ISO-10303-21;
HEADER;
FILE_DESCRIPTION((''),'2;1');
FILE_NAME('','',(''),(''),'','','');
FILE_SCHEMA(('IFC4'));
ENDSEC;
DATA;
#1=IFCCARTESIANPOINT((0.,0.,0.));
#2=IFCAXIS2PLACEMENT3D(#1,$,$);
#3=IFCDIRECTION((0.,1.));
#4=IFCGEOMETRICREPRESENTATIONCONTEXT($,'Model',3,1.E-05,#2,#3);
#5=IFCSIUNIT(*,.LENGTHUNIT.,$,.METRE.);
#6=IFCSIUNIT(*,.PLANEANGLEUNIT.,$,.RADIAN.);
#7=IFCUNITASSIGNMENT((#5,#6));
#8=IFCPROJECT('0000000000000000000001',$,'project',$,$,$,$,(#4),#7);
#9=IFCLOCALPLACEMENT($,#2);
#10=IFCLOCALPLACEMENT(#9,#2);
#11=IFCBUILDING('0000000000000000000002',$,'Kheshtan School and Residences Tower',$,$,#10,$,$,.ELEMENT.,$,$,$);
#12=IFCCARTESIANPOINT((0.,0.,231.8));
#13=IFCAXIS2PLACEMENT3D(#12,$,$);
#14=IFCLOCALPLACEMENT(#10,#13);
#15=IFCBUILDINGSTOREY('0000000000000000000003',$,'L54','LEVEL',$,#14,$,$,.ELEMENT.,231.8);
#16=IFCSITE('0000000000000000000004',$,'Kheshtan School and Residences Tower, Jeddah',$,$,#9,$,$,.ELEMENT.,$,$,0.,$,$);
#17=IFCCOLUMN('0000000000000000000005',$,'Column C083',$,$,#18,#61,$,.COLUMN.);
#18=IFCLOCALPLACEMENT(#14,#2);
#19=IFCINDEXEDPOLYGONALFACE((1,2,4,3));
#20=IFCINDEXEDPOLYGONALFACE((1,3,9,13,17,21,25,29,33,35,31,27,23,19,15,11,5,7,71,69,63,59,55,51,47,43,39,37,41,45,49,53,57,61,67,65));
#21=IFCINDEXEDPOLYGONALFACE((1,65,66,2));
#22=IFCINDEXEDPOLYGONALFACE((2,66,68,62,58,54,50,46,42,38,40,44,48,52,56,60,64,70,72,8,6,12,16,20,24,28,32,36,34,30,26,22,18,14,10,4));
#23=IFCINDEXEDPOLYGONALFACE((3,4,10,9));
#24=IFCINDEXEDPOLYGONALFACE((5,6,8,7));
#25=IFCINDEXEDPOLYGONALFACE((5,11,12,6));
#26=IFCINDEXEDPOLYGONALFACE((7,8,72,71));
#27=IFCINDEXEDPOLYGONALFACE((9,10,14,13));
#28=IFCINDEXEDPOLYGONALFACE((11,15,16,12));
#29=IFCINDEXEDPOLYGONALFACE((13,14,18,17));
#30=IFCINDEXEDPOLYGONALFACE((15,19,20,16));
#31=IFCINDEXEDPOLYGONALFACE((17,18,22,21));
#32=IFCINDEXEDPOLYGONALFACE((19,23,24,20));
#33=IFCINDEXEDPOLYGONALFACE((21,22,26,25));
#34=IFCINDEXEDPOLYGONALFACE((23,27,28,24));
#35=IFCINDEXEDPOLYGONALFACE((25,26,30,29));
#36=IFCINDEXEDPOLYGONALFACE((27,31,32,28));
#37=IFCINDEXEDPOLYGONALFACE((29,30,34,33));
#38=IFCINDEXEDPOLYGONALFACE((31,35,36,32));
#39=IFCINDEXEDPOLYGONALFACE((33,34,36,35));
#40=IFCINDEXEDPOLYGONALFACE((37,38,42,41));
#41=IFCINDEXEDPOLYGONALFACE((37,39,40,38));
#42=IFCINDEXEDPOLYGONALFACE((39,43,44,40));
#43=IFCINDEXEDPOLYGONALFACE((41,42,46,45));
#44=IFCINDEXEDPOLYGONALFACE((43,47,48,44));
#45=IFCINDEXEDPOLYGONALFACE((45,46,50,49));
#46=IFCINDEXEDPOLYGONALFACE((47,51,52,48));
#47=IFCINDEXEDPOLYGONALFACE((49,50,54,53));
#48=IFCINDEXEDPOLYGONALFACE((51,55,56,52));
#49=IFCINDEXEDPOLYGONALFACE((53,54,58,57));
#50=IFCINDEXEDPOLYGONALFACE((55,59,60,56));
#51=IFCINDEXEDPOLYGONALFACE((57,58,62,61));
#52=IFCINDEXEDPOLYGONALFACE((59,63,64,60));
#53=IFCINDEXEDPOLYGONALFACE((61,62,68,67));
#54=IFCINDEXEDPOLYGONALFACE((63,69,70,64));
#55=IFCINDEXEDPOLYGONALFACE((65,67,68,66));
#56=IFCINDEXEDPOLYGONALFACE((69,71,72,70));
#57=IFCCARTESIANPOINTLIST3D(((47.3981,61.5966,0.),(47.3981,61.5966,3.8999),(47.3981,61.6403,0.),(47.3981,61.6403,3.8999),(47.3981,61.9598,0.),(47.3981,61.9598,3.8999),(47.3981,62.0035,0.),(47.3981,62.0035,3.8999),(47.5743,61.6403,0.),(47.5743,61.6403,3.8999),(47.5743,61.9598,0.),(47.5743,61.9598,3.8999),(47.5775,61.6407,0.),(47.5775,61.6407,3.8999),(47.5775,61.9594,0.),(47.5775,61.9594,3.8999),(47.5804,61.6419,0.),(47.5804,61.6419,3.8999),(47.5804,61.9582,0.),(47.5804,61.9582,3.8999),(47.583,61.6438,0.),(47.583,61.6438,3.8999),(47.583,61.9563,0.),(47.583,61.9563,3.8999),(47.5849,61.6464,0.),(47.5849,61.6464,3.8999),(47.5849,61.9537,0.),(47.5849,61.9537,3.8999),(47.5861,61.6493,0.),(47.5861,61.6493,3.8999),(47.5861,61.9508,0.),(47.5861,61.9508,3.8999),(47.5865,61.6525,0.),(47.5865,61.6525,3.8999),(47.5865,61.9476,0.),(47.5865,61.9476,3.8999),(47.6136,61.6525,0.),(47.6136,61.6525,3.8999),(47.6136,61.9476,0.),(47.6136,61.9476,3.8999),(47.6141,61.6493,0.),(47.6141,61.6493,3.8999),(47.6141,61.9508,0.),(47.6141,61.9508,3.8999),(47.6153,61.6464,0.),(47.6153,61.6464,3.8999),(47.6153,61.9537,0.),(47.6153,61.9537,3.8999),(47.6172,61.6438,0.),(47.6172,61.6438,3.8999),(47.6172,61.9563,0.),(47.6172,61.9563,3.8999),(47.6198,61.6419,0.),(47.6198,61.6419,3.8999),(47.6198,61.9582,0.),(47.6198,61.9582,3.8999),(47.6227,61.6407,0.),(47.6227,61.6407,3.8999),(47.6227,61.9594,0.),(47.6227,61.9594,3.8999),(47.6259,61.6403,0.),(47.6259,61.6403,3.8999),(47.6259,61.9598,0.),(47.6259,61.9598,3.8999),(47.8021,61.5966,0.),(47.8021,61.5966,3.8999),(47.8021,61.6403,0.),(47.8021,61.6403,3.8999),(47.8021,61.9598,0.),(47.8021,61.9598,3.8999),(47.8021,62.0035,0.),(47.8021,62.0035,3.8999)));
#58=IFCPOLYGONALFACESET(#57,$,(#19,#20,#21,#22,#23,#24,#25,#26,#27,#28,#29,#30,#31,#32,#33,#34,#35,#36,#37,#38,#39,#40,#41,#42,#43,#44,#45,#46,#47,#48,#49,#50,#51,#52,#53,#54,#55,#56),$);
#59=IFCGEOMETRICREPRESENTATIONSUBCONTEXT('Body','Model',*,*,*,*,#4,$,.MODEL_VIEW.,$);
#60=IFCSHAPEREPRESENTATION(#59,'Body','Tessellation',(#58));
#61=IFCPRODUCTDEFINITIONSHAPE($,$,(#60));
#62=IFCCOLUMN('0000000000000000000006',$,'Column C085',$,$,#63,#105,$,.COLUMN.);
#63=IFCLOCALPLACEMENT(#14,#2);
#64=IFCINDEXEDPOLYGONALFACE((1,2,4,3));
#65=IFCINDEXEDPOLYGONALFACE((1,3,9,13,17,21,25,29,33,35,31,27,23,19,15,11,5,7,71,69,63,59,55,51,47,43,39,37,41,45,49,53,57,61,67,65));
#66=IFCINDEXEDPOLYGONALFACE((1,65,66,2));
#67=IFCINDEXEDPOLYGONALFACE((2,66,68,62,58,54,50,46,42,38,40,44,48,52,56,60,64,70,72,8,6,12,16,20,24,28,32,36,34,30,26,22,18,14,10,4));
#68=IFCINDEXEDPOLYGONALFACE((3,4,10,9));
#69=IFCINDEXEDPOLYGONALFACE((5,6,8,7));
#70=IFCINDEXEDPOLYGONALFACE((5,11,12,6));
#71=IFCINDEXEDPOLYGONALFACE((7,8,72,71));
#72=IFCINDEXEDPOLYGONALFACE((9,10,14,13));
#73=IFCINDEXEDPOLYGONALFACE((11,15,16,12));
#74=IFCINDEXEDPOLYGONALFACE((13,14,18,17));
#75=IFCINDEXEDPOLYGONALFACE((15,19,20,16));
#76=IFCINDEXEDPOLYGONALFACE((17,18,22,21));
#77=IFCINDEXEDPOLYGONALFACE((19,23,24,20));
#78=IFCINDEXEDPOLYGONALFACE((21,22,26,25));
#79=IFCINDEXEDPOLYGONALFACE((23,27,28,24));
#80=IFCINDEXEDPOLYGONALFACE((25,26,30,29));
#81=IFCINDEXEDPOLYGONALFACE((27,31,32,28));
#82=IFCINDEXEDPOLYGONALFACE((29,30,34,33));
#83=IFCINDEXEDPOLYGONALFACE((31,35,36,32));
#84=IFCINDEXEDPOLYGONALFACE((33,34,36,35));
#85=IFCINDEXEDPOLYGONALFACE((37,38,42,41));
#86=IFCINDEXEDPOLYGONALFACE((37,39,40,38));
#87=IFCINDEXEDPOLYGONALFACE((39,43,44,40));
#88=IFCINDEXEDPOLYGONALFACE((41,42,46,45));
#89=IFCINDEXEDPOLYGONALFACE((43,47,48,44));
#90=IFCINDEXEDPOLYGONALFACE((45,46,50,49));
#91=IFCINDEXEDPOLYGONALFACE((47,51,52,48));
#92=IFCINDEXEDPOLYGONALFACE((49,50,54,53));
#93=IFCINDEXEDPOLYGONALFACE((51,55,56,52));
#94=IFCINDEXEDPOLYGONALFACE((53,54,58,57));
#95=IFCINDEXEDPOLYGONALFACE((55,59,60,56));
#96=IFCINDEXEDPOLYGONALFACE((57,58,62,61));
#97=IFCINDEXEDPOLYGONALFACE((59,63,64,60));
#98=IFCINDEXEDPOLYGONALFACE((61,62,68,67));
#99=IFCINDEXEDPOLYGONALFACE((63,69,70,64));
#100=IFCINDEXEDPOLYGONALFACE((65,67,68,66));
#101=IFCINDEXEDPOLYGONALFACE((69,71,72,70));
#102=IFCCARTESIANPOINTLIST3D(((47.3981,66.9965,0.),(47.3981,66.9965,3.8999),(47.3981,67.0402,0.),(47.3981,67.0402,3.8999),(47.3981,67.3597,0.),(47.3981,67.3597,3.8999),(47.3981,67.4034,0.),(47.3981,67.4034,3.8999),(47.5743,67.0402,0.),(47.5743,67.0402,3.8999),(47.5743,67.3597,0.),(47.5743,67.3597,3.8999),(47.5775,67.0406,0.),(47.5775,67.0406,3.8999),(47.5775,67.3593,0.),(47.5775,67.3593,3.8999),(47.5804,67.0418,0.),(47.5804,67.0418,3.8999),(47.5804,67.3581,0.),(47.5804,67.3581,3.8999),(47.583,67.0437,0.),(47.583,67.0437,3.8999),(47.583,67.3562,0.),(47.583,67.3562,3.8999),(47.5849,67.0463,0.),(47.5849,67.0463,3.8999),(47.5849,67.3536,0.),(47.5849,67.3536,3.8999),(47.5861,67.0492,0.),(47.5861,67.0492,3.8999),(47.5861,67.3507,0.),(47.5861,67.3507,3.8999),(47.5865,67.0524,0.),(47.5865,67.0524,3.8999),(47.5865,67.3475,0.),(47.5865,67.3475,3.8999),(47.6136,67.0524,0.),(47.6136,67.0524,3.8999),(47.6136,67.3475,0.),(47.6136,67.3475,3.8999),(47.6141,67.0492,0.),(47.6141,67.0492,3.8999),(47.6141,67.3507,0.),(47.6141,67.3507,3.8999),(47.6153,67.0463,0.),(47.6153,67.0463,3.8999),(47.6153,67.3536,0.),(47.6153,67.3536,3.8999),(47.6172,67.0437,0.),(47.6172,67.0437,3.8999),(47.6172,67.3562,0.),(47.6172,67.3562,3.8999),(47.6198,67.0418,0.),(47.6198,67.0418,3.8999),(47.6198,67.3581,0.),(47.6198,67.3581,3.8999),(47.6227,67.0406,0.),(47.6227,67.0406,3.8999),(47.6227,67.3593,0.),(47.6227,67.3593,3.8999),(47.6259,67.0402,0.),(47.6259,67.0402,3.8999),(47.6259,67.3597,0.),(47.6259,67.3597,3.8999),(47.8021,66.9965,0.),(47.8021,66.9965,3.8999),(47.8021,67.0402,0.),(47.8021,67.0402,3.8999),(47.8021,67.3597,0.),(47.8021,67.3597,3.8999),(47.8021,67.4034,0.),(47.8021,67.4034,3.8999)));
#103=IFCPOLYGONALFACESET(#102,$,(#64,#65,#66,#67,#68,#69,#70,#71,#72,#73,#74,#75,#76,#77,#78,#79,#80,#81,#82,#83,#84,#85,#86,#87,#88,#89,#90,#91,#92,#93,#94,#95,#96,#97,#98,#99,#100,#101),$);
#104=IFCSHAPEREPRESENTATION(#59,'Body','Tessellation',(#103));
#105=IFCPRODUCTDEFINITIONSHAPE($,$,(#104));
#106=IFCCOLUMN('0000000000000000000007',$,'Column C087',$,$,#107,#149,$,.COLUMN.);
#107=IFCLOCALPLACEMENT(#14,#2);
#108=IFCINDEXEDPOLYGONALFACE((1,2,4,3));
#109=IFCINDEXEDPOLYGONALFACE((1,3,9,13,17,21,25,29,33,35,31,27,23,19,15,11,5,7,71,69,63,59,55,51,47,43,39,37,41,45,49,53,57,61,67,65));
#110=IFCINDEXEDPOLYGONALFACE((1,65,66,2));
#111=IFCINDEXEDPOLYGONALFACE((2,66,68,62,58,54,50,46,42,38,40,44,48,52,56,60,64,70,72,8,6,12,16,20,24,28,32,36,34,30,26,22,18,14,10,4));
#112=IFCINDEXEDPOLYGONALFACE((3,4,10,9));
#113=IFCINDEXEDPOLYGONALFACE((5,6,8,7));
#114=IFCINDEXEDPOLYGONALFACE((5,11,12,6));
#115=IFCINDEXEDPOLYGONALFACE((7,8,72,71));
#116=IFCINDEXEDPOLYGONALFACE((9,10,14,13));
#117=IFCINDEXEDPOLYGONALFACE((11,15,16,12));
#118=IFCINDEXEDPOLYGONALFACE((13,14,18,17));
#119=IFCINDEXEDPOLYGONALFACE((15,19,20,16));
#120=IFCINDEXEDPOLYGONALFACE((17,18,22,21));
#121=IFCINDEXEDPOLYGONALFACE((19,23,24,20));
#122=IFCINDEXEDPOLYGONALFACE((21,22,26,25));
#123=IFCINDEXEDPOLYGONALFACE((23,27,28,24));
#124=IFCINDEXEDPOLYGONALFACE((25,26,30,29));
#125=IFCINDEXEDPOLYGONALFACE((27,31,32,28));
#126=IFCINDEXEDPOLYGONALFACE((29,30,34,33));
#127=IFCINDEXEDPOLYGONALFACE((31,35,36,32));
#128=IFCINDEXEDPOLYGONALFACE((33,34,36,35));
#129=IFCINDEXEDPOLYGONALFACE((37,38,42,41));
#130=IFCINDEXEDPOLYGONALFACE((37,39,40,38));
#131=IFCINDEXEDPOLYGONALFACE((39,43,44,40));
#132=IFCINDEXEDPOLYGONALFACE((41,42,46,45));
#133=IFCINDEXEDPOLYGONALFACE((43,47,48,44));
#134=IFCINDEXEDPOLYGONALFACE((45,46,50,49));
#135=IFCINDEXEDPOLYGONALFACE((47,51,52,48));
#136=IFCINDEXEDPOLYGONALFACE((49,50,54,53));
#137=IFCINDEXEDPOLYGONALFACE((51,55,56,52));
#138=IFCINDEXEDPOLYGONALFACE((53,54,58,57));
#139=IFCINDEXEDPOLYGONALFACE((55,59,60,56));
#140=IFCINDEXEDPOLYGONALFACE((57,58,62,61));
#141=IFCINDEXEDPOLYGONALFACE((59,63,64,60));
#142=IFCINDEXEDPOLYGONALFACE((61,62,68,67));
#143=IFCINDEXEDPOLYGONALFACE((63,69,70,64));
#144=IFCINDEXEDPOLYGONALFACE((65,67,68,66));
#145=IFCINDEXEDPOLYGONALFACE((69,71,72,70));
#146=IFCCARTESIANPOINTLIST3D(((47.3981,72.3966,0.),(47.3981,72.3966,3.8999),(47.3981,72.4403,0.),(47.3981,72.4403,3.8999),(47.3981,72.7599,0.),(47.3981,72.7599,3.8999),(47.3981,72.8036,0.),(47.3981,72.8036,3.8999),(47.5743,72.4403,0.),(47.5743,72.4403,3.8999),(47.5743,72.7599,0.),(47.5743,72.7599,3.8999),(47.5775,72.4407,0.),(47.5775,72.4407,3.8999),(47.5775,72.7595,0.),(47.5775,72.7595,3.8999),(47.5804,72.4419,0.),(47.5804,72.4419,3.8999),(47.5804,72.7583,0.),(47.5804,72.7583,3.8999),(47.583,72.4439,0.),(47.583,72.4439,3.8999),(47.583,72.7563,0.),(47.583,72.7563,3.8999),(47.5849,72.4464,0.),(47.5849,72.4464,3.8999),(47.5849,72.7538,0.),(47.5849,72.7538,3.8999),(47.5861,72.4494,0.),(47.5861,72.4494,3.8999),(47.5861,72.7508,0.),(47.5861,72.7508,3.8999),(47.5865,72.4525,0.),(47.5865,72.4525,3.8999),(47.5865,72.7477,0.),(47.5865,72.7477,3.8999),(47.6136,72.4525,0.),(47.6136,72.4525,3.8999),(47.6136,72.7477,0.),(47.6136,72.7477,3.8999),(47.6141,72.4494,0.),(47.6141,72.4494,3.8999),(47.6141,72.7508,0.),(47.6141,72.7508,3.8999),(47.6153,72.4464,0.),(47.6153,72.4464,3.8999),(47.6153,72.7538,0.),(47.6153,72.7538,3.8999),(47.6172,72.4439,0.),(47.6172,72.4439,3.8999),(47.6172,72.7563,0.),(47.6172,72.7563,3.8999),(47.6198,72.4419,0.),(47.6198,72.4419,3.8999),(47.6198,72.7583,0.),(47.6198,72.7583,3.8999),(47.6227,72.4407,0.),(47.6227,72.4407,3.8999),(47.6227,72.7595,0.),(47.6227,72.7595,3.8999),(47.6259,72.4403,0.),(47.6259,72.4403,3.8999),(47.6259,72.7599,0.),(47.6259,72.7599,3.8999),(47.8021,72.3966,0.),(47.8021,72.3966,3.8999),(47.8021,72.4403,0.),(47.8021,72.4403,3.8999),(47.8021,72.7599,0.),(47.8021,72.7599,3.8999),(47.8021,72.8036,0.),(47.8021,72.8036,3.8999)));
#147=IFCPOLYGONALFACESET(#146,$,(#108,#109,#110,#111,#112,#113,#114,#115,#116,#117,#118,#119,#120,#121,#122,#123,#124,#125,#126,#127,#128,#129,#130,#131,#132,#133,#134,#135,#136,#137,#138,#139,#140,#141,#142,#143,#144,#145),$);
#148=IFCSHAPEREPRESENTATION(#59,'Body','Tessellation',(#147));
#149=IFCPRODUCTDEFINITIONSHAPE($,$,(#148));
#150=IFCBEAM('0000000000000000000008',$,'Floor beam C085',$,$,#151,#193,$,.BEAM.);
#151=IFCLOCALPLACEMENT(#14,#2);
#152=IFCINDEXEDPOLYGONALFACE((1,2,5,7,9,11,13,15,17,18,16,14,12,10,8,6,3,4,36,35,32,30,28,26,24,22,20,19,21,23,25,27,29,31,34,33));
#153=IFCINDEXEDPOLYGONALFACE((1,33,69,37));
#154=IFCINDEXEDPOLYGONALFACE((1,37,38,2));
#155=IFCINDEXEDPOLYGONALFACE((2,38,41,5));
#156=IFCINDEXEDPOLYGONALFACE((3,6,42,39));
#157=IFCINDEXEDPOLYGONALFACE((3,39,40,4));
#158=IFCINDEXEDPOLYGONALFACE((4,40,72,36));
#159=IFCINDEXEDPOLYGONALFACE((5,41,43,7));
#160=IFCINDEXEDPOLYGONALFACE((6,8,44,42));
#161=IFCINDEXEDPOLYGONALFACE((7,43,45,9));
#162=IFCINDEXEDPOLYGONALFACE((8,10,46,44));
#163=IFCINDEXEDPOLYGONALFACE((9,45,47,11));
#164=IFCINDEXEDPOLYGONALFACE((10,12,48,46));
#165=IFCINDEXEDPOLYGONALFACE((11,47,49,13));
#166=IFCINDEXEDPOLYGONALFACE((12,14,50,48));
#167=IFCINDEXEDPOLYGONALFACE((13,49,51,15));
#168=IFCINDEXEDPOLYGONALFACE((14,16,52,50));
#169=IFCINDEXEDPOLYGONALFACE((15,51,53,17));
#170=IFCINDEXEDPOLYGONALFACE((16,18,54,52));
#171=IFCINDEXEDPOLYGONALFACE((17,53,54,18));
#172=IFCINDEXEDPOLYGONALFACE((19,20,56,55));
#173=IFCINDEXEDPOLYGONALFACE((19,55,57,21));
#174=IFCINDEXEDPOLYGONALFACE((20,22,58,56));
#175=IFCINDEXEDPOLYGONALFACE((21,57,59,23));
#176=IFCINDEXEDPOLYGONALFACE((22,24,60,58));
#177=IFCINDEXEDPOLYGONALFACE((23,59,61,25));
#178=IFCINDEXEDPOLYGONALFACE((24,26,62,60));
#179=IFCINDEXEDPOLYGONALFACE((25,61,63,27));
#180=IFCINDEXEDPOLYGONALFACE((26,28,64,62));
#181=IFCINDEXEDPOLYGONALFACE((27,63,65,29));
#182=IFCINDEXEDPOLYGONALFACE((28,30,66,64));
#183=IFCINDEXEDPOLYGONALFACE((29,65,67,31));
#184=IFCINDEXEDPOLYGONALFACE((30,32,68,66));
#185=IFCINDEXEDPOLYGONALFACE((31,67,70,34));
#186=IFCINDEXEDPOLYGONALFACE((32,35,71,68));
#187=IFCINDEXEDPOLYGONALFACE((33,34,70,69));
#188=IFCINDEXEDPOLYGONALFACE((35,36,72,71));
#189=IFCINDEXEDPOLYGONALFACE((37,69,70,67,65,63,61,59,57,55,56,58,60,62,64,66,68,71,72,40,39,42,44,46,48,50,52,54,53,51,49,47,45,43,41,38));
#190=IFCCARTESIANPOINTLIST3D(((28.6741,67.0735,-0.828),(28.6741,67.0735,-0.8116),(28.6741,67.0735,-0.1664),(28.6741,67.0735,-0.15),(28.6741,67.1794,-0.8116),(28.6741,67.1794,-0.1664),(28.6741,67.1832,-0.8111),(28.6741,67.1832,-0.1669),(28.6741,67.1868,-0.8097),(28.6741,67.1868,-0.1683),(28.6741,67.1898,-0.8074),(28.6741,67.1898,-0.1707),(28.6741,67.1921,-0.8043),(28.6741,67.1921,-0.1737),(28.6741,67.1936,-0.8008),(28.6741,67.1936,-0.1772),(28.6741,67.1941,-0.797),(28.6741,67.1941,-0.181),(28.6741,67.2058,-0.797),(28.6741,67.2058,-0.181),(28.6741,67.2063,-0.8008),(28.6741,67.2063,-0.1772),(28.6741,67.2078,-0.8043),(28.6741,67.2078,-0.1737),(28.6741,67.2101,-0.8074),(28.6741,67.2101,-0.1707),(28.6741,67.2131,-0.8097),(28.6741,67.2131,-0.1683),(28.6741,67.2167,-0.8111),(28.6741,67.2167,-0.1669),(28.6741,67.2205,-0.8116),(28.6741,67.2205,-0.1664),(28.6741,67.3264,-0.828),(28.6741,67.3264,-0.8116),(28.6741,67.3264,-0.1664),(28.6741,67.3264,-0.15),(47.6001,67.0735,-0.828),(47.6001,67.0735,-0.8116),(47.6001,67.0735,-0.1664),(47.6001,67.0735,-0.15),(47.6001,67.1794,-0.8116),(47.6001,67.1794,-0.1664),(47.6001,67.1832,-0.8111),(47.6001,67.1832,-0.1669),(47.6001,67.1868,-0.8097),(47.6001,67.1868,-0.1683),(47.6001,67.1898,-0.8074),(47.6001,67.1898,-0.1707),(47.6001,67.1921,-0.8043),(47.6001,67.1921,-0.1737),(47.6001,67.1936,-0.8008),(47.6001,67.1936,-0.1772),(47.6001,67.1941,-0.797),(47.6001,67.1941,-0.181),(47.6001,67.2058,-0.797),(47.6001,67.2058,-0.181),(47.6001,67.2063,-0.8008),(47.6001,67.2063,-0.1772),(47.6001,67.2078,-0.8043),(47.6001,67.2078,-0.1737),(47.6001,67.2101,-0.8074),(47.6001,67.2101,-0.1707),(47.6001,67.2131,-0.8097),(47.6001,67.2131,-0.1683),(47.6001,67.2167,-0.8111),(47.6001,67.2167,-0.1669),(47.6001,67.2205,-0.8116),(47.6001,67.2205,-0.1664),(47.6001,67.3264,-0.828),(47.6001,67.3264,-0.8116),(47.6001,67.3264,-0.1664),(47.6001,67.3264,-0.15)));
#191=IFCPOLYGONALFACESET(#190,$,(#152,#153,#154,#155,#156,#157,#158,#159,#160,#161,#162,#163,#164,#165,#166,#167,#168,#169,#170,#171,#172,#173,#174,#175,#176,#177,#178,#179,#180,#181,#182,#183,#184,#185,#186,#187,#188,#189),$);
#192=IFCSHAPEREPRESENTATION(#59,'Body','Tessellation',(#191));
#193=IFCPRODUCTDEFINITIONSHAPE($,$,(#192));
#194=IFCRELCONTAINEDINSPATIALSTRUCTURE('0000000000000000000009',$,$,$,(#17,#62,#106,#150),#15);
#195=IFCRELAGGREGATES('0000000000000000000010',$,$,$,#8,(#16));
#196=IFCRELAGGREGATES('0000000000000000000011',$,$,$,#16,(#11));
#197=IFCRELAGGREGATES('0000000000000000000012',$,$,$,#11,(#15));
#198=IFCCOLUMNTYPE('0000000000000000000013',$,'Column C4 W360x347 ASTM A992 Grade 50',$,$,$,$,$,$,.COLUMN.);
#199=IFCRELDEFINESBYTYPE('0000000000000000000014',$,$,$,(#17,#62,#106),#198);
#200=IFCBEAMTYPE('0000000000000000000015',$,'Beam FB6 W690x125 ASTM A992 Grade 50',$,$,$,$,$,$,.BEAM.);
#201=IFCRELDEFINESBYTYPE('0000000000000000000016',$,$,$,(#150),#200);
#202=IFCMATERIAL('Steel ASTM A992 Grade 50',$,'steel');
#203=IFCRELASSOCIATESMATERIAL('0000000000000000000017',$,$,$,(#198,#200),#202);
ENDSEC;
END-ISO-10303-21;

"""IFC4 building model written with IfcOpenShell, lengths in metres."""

from ifc_helpers import new_model, si_unit, direction, frame, origin, origin_2d, place, context, subcontext, project, spatial, i_section, extrude, material, material_profile, profile_set, type_object, element, save


model = new_model("IFC4")

# Units and contexts
model_context = context("Model", 3, precision=1e-05, world=origin(), true_north=direction((0.0, 1.0)))
body_context = subcontext(model_context, "Body", "Model", "MODEL_VIEW")
ifc_project = project(units=[si_unit("LENGTHUNIT", "METRE"), si_unit("PLANEANGLEUNIT", "RADIAN")], contexts=[model_context])

# Site, building, storey
site_placement = place(None, origin())
site = spatial("IfcSite", under=ifc_project, at=site_placement, Name="Kheshtan School and Residences Tower, Jeddah", CompositionType="ELEMENT", RefElevation=0.0)
building_placement = place(site_placement, origin())
building = spatial("IfcBuilding", under=site, at=building_placement, Name="Kheshtan School and Residences Tower", CompositionType="ELEMENT")
storey_placement = place(building_placement, frame((0.0, 0.0, 231.8)))
storey = spatial("IfcBuildingStorey", under=building, at=storey_placement, Name="L54", Description="LEVEL", CompositionType="ELEMENT", Elevation=231.8)

# Columns
ifc_material_1 = material(Name="Steel ASTM A992 Grade 50", Category="steel")
ifc_material_profile_1 = material_profile(ifc_material_1, i_section(OverallWidth=0.4041, OverallDepth=0.407, WebThickness=0.0271, FlangeThickness=0.0437, FilletRadius=0.0122, at=origin_2d()), Name="W360x347")
ifc_profile_set_1 = profile_set([ifc_material_profile_1], Name="Steel ASTM A992 Grade 50")
column_type = type_object("IfcColumnType", Name="Column C4 W360x347 ASTM A992 Grade 50", PredefinedType="COLUMN", material=ifc_profile_set_1)
for number, where, z_axis, x_axis, name in (
    (1, (47.6001, 61.8, 0.0), (0.0, 0.0, 1.0), (1.0, 0.0, 0.0), "Column C083"),
    (2, (47.6001, 67.2, 0.0), (0.0, 0.0, 1.0), (1.0, 0.0, 0.0), "Column C085"),
    (3, (47.6001, 72.6001, 0.0), (0.0, 0.0, 1.0), (1.0, 0.0, 0.0), "Column C087"),
):
    element("IfcColumn", number, at=place(storey_placement, frame(where, z_axis=z_axis, x_axis=x_axis)), inside=storey, type_object=column_type, Name=name, PredefinedType="COLUMN", context=body_context, shape_type="SweptSolid", body=[
        extrude(i_section(OverallWidth=0.4041, OverallDepth=0.407, WebThickness=0.0271, FlangeThickness=0.0437, FilletRadius=0.0122, at=origin_2d()), origin(), (0.0, 0.0, 1.0), 3.8999),
    ])

# Beam
ifc_material_profile_2 = material_profile(ifc_material_1, i_section(OverallWidth=0.2529, OverallDepth=0.678, WebThickness=0.0117, FlangeThickness=0.0164, FilletRadius=0.0146, at=origin_2d()), Name="W690x125")
ifc_profile_set_2 = profile_set([ifc_material_profile_2], Name="Steel ASTM A992 Grade 50")
beam_type_1 = type_object("IfcBeamType", Name="Beam FB6 W690x125 ASTM A992 Grade 50", PredefinedType="BEAM", material=ifc_profile_set_2)
beam_1_placement = place(storey_placement, frame((47.6001, 67.2, -0.489), z_axis=(-1.0, 0.0, 0.0), x_axis=(0.0, -1.0, 0.0)))
element("IfcBeam", 4, at=beam_1_placement, inside=storey, type_object=beam_type_1, Name="Floor beam C085", PredefinedType="BEAM", context=body_context, shape_type="SweptSolid", body=[
    extrude(i_section(OverallWidth=0.2529, OverallDepth=0.678, WebThickness=0.0117, FlangeThickness=0.0164, FilletRadius=0.0146, at=origin_2d()), origin(), (0.0, 0.0, 1.0), 18.926),
])

save(model, "model.ifc")
